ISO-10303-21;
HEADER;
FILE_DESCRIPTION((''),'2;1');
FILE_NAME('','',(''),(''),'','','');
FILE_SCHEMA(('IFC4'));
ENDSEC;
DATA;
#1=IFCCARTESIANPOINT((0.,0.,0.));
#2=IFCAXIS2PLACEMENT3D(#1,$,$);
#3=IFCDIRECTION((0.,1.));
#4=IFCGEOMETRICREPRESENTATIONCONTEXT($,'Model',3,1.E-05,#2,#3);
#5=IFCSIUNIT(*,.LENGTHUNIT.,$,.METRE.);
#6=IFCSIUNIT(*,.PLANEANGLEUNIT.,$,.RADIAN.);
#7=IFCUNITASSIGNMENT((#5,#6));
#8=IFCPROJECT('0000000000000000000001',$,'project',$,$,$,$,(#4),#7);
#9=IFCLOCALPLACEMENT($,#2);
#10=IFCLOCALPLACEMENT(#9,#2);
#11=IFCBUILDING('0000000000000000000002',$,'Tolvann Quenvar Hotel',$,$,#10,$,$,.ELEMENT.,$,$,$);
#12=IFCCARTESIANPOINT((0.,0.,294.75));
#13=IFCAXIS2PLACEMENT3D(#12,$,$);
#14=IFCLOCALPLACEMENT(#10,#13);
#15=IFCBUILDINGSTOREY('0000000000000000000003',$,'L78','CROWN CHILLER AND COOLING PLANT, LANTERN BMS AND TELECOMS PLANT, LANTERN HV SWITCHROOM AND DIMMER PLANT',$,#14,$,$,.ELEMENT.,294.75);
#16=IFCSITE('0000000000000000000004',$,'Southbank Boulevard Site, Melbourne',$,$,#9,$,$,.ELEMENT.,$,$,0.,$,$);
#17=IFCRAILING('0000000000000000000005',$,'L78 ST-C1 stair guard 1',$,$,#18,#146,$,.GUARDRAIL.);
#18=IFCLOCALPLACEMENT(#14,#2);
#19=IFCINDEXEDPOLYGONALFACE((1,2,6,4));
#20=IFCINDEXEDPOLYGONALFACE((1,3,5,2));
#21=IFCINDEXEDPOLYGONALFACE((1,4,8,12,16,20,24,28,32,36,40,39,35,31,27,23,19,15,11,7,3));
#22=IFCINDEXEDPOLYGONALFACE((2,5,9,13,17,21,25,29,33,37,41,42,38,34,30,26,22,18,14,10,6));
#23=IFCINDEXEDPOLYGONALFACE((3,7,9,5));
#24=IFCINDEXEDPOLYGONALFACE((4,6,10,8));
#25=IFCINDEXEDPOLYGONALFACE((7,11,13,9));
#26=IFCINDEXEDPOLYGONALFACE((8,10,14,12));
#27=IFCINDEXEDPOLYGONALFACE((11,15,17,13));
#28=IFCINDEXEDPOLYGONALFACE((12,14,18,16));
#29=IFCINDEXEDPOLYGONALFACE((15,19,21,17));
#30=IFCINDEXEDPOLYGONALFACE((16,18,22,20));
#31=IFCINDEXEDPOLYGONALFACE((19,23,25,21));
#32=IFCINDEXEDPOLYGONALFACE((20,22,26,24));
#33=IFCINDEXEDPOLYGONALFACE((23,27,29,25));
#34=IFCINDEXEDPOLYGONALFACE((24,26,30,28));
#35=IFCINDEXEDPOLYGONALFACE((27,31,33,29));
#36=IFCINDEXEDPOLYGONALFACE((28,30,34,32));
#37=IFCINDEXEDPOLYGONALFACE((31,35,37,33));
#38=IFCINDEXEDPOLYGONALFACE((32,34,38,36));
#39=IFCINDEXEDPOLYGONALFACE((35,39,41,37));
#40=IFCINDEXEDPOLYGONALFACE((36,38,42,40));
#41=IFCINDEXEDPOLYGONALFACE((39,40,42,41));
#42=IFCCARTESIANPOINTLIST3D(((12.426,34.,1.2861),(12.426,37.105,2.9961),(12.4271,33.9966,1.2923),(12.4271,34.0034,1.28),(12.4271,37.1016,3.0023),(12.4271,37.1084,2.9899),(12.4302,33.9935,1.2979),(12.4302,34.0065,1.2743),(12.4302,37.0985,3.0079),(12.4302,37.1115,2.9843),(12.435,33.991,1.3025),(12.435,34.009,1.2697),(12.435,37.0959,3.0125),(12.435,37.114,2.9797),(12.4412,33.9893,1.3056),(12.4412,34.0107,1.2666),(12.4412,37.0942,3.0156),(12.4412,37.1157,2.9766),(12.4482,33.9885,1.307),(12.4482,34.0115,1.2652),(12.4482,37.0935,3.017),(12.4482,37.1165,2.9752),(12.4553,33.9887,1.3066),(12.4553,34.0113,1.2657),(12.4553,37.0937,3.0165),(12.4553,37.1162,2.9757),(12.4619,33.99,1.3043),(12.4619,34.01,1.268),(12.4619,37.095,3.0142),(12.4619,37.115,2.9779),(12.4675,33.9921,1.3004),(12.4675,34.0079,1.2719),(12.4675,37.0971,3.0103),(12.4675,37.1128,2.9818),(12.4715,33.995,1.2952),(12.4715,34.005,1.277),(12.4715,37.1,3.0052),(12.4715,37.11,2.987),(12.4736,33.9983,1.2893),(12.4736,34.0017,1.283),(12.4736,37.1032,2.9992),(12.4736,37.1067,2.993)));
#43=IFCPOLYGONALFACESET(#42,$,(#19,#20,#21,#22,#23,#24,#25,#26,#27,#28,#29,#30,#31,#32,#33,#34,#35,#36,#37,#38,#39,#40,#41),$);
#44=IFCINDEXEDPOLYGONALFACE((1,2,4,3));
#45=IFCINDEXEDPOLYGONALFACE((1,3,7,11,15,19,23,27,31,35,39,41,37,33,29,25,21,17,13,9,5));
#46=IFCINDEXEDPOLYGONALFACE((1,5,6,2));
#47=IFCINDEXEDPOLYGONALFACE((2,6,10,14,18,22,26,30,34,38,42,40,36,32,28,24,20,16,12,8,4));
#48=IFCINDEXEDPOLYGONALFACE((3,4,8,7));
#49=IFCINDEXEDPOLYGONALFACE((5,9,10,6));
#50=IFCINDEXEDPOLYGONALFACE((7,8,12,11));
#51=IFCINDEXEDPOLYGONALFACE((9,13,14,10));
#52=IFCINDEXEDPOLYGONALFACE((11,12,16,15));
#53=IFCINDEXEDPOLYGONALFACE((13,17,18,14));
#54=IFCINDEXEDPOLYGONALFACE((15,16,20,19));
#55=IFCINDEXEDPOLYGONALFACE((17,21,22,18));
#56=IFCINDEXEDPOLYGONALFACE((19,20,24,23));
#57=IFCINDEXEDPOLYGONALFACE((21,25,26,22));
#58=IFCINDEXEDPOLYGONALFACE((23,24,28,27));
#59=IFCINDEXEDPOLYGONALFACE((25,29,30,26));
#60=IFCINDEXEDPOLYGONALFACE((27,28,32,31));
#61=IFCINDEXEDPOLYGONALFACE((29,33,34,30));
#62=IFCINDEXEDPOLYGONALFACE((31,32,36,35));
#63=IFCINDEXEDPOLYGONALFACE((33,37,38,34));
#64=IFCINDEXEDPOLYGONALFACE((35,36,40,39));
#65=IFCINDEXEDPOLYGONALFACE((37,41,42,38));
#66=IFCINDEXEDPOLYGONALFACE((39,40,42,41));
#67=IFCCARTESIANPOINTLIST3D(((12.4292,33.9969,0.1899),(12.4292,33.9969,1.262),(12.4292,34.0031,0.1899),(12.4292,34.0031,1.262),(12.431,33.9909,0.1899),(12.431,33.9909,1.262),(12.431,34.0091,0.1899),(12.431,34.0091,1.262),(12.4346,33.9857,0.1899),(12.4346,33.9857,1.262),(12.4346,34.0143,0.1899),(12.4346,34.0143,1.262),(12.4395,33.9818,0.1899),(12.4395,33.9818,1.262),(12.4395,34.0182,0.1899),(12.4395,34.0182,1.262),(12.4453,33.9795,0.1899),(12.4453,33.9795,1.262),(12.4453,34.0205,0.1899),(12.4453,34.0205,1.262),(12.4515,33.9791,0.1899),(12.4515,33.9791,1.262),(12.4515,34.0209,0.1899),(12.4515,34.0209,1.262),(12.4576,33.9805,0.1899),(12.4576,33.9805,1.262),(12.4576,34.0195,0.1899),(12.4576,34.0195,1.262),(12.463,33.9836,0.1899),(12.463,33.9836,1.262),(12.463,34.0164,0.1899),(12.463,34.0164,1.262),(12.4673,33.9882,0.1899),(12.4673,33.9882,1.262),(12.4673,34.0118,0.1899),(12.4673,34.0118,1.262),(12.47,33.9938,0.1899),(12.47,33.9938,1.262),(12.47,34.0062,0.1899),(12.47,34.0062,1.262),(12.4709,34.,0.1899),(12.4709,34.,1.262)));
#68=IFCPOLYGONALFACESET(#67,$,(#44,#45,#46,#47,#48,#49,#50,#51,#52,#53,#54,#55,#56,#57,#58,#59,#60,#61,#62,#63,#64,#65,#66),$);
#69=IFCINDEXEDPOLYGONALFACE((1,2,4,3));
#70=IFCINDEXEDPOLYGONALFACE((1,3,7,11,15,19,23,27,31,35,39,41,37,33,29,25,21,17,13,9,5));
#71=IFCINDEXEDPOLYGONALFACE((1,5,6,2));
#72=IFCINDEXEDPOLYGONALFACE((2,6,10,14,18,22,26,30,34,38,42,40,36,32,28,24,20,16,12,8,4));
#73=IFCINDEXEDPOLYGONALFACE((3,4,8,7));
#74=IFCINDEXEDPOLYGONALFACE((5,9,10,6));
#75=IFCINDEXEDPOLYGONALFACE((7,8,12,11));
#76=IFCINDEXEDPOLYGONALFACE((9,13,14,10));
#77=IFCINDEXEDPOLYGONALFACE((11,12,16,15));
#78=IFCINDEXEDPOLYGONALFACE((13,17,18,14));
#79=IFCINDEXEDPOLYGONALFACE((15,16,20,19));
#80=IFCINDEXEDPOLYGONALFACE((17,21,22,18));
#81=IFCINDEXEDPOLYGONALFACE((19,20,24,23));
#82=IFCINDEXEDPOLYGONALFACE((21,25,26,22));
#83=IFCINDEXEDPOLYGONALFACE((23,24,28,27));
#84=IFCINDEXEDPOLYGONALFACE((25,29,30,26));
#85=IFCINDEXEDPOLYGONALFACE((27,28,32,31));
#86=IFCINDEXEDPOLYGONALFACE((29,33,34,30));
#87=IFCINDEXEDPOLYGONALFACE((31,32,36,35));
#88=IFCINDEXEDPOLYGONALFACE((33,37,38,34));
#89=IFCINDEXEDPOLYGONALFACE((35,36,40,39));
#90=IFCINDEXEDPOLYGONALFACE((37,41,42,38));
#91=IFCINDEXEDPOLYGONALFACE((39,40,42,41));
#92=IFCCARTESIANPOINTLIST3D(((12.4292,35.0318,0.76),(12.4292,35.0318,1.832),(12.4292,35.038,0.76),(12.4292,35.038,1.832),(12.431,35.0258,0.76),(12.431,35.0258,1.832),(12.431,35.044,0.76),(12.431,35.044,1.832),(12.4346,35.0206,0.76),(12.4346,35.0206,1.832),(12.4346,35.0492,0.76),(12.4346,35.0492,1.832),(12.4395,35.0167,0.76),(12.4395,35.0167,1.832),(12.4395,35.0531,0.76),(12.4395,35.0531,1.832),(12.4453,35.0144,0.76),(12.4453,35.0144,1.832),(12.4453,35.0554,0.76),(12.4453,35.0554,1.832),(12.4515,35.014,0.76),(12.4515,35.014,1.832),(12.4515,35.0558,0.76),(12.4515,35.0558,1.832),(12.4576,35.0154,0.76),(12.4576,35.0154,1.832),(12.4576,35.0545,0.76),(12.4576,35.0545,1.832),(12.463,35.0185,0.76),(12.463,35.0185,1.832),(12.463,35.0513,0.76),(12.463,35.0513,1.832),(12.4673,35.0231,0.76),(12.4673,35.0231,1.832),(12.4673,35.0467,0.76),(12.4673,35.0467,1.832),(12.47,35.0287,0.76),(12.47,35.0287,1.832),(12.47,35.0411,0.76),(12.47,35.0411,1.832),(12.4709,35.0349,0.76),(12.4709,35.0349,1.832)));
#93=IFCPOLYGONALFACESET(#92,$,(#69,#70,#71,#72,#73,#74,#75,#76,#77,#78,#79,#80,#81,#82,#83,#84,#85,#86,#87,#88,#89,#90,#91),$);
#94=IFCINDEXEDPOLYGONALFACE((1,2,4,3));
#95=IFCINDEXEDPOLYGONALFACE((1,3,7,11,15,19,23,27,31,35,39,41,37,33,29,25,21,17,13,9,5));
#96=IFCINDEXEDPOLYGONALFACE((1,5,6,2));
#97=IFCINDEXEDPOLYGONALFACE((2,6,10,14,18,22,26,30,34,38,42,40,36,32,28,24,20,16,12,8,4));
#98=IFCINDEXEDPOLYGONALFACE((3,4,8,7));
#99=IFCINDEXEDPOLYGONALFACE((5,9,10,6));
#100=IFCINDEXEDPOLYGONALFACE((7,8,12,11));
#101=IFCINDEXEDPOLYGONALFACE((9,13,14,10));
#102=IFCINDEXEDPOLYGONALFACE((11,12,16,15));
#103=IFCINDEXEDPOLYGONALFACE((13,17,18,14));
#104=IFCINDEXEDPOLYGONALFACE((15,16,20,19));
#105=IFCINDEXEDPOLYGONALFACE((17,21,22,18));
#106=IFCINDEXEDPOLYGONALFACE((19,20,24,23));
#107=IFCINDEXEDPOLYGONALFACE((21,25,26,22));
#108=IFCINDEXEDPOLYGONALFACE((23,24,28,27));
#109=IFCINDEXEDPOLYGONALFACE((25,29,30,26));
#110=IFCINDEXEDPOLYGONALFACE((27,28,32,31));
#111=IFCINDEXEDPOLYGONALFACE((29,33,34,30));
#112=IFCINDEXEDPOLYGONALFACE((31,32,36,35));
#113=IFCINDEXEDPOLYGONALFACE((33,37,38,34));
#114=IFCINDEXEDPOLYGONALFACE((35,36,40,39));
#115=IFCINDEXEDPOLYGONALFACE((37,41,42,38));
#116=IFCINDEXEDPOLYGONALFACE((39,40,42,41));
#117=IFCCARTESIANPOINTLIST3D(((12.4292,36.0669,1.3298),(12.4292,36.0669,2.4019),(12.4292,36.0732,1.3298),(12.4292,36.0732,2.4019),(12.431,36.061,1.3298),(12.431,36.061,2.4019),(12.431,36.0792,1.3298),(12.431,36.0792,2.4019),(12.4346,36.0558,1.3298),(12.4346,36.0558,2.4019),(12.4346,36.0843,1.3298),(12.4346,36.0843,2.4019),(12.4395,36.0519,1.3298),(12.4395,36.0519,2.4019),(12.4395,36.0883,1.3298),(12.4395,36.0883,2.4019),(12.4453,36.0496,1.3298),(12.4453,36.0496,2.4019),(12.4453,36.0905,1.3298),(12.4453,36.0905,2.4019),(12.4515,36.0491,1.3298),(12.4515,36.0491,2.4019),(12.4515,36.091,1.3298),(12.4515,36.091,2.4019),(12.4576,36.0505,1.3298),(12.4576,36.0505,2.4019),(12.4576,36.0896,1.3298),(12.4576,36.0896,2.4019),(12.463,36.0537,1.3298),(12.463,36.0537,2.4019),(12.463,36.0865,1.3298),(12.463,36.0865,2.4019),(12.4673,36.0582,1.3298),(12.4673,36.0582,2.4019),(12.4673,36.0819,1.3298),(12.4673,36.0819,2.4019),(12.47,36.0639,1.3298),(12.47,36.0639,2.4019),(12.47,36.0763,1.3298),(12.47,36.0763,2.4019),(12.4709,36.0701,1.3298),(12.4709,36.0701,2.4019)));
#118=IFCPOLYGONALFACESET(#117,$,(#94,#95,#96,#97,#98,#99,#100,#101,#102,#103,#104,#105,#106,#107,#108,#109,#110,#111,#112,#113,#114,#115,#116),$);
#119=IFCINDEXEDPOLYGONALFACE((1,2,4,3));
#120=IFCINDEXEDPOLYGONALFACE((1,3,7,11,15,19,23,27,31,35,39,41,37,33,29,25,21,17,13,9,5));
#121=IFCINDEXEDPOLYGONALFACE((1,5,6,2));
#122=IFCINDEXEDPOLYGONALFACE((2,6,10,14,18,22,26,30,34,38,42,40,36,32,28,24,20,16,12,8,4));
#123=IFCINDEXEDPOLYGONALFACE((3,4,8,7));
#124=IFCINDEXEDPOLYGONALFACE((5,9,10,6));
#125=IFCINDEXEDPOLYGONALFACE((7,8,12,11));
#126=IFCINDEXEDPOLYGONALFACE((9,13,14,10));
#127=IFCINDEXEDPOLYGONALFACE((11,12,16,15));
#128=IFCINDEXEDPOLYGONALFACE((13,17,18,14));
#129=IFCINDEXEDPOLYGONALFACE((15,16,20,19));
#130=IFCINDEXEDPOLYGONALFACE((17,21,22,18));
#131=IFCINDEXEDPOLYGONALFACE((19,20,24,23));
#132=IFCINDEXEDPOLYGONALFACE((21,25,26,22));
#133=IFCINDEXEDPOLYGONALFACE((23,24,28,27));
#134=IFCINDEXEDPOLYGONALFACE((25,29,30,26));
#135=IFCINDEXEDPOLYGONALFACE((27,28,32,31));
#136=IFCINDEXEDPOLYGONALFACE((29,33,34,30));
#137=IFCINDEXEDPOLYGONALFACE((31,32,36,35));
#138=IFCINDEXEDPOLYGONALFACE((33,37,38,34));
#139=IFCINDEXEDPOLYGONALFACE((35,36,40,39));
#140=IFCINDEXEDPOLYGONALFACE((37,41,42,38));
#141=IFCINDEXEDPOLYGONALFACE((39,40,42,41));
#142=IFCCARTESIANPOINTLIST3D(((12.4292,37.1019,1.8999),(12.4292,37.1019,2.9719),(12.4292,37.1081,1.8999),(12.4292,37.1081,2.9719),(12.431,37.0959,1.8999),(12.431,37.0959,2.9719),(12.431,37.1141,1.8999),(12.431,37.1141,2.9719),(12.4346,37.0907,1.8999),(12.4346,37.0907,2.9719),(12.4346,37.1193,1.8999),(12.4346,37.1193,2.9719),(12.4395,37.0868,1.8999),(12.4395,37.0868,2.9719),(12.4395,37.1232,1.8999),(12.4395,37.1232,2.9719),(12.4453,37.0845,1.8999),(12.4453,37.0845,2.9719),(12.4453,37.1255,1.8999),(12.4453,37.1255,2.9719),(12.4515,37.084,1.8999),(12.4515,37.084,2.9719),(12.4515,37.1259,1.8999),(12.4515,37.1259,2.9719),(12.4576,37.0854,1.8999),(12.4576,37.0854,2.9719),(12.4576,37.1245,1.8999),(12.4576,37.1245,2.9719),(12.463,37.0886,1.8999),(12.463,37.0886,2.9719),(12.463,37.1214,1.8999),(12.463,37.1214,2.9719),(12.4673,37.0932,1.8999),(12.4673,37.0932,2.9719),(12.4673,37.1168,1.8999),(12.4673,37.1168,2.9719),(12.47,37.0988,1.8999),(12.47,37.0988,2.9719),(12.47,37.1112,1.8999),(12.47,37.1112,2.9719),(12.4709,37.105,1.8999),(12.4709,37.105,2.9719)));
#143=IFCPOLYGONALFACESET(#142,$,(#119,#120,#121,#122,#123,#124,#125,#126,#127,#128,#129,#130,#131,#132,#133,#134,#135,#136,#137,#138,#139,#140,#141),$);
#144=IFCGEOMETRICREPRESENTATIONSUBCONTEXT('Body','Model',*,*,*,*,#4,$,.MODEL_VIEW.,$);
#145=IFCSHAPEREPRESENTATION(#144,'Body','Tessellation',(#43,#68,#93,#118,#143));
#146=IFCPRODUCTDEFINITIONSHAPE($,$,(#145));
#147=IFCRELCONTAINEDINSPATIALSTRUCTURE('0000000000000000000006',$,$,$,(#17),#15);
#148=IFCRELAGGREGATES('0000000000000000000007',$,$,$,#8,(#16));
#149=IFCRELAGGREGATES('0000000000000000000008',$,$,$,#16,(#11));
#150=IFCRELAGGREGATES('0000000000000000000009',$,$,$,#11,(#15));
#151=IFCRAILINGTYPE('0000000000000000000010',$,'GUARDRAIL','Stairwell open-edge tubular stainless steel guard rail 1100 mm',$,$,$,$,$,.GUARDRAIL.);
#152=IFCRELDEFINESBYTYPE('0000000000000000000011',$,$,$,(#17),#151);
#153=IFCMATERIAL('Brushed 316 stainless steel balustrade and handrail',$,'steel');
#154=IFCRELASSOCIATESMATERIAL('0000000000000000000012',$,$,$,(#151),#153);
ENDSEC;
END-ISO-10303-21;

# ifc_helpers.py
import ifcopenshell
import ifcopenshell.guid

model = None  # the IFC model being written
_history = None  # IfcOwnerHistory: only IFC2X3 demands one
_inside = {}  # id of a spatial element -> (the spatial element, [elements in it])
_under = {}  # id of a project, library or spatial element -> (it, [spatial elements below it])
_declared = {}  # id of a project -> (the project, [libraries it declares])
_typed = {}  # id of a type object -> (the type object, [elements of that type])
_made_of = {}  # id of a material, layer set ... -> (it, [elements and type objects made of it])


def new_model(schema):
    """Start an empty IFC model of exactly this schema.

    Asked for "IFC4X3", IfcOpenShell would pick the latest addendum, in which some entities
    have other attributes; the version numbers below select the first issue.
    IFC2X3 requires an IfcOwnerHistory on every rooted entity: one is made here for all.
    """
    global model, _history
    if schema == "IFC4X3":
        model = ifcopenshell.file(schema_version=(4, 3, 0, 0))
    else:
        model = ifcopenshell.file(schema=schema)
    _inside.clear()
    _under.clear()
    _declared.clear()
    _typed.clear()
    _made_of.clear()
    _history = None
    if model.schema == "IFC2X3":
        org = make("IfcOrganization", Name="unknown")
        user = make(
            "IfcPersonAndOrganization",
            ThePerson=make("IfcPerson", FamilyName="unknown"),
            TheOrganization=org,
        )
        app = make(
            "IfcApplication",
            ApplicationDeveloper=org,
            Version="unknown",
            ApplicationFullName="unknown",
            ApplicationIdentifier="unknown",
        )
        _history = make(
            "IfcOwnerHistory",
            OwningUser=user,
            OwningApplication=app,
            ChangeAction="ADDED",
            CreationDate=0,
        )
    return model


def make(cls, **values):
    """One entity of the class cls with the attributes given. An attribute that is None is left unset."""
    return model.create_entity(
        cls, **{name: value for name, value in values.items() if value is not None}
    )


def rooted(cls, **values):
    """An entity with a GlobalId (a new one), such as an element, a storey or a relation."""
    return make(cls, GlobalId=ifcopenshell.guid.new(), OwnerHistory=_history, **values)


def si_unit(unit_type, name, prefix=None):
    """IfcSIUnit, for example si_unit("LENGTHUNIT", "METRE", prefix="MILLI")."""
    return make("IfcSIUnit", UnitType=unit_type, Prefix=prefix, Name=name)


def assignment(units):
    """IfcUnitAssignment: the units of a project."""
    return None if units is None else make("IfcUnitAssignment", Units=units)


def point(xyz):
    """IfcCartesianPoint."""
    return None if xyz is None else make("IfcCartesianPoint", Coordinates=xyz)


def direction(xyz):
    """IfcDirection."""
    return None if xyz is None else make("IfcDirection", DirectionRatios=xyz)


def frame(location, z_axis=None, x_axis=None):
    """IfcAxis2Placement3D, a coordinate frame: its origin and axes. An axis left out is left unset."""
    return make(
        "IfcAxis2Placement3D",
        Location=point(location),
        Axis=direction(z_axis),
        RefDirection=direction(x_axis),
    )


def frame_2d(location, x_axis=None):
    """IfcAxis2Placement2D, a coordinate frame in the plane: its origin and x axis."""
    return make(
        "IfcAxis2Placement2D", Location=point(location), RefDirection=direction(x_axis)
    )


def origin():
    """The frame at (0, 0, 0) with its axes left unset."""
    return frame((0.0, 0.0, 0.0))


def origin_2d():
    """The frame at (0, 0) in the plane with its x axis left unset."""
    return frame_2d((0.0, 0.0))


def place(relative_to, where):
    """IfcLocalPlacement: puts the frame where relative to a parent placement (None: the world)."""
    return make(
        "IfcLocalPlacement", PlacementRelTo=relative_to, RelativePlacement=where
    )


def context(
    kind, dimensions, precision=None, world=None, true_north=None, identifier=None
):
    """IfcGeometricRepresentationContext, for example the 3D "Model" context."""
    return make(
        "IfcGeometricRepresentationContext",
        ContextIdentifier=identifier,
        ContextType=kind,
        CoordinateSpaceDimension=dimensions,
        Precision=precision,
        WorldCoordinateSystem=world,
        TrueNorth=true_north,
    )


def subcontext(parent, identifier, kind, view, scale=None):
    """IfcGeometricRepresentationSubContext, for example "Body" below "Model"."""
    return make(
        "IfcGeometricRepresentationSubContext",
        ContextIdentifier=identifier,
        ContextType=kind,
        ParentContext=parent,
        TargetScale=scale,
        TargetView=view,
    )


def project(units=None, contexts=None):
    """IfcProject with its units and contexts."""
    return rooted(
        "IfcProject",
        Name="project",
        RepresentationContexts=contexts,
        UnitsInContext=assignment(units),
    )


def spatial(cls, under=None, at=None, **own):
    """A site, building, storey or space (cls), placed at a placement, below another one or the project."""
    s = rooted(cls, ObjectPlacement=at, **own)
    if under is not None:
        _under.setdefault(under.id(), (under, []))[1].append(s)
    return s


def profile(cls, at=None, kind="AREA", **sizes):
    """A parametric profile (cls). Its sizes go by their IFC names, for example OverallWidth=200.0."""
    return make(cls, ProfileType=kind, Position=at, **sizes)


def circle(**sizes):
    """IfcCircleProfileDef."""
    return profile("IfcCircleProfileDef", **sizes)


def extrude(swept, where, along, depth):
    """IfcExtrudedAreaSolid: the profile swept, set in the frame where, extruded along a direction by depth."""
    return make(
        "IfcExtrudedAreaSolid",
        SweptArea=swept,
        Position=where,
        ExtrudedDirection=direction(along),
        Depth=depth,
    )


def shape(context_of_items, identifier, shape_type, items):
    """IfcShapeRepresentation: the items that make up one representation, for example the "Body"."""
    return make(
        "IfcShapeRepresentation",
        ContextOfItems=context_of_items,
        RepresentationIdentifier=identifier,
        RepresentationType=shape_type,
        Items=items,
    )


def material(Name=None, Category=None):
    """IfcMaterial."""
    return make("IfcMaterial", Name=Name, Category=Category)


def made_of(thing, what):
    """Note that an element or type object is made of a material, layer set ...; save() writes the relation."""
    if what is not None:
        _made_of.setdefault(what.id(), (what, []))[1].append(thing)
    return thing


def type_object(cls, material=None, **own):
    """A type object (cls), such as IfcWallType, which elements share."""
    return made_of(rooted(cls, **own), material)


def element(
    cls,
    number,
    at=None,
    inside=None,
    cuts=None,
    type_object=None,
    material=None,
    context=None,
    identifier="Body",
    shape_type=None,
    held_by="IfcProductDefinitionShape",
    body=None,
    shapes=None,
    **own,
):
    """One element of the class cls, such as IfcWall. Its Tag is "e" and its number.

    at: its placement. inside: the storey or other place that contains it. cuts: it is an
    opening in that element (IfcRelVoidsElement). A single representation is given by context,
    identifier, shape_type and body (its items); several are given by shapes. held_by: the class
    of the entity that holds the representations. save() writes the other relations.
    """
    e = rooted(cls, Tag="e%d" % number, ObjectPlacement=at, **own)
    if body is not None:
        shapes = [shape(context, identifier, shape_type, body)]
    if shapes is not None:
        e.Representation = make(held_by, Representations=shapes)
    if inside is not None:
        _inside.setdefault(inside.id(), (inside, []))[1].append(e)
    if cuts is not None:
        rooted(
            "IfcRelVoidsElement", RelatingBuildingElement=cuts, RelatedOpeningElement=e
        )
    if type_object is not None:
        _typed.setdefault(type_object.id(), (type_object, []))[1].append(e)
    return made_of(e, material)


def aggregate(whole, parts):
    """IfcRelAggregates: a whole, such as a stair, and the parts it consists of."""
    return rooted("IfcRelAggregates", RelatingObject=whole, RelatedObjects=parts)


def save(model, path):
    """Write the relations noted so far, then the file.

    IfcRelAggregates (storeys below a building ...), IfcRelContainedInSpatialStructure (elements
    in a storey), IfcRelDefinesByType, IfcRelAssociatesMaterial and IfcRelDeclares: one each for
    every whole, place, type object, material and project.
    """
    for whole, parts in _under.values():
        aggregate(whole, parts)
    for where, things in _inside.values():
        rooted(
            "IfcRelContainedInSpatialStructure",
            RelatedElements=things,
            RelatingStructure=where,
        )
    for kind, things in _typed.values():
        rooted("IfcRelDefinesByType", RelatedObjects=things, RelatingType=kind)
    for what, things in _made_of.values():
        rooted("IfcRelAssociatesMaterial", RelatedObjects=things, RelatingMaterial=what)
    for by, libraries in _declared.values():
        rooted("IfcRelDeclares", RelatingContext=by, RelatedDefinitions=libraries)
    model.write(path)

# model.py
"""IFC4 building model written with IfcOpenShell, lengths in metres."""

from ifc_helpers import new_model, si_unit, direction, frame, origin, origin_2d, place, context, subcontext, project, spatial, circle, extrude, material, type_object, element, save


model = new_model("IFC4")

# Units and contexts
model_context = context("Model", 3, precision=1e-05, world=origin(), true_north=direction((0.0, 1.0)))
body_context = subcontext(model_context, "Body", "Model", "MODEL_VIEW")
ifc_project = project(units=[si_unit("LENGTHUNIT", "METRE"), si_unit("PLANEANGLEUNIT", "RADIAN")], contexts=[model_context])

# Site, building, storey
site_placement = place(None, origin())
site = spatial("IfcSite", under=ifc_project, at=site_placement, Name="Southbank Boulevard Site, Melbourne", CompositionType="ELEMENT", RefElevation=0.0)
building_placement = place(site_placement, origin())
building = spatial("IfcBuilding", under=site, at=building_placement, Name="Tolvann Quenvar Hotel", CompositionType="ELEMENT")
storey_placement = place(building_placement, frame((0.0, 0.0, 294.75)))
storey = spatial("IfcBuildingStorey", under=building, at=storey_placement, Name="L78", Description="CROWN CHILLER AND COOLING PLANT, LANTERN BMS AND TELECOMS PLANT, LANTERN HV SWITCHROOM AND DIMMER PLANT", CompositionType="ELEMENT", Elevation=294.75)

# Railing
ifc_material_1 = material(Name="Brushed 316 stainless steel balustrade and handrail", Category="steel")
railing_type_1 = type_object("IfcRailingType", Name="GUARDRAIL", Description="Stairwell open-edge tubular stainless steel guard rail 1100 mm", PredefinedType="GUARDRAIL", material=ifc_material_1)
railing_1_placement = place(storey_placement, frame((12.45, 34.0, 0.1899)))
element("IfcRailing", 1, at=railing_1_placement, inside=storey, type_object=railing_type_1, Name="L78 ST-C1 stair guard 1", PredefinedType="GUARDRAIL", context=body_context, shape_type="SweptSolid", body=[
    extrude(circle(Radius=0.0239, at=origin_2d()), frame((0.0, 0.0, 1.0962), z_axis=(0.0, 0.875951, 0.4824), x_axis=(-1.0, 0.0, 0.0)), (0.0, 0.0, 1.0), 3.5447),
    extrude(circle(Radius=0.021, at=origin_2d()), origin(), (0.0, 0.0, 1.0), 1.072),
    extrude(circle(Radius=0.021, at=origin_2d()), frame((0.0, 1.0349, 0.5701)), (0.0, 0.0, 1.0), 1.072),
    extrude(circle(Radius=0.021, at=origin_2d()), frame((0.0, 2.0701, 1.1399)), (0.0, 0.0, 1.0), 1.072),
    extrude(circle(Radius=0.021, at=origin_2d()), frame((0.0, 3.105, 1.71)), (0.0, 0.0, 1.0), 1.072),
])

save(model, "model.ifc")
